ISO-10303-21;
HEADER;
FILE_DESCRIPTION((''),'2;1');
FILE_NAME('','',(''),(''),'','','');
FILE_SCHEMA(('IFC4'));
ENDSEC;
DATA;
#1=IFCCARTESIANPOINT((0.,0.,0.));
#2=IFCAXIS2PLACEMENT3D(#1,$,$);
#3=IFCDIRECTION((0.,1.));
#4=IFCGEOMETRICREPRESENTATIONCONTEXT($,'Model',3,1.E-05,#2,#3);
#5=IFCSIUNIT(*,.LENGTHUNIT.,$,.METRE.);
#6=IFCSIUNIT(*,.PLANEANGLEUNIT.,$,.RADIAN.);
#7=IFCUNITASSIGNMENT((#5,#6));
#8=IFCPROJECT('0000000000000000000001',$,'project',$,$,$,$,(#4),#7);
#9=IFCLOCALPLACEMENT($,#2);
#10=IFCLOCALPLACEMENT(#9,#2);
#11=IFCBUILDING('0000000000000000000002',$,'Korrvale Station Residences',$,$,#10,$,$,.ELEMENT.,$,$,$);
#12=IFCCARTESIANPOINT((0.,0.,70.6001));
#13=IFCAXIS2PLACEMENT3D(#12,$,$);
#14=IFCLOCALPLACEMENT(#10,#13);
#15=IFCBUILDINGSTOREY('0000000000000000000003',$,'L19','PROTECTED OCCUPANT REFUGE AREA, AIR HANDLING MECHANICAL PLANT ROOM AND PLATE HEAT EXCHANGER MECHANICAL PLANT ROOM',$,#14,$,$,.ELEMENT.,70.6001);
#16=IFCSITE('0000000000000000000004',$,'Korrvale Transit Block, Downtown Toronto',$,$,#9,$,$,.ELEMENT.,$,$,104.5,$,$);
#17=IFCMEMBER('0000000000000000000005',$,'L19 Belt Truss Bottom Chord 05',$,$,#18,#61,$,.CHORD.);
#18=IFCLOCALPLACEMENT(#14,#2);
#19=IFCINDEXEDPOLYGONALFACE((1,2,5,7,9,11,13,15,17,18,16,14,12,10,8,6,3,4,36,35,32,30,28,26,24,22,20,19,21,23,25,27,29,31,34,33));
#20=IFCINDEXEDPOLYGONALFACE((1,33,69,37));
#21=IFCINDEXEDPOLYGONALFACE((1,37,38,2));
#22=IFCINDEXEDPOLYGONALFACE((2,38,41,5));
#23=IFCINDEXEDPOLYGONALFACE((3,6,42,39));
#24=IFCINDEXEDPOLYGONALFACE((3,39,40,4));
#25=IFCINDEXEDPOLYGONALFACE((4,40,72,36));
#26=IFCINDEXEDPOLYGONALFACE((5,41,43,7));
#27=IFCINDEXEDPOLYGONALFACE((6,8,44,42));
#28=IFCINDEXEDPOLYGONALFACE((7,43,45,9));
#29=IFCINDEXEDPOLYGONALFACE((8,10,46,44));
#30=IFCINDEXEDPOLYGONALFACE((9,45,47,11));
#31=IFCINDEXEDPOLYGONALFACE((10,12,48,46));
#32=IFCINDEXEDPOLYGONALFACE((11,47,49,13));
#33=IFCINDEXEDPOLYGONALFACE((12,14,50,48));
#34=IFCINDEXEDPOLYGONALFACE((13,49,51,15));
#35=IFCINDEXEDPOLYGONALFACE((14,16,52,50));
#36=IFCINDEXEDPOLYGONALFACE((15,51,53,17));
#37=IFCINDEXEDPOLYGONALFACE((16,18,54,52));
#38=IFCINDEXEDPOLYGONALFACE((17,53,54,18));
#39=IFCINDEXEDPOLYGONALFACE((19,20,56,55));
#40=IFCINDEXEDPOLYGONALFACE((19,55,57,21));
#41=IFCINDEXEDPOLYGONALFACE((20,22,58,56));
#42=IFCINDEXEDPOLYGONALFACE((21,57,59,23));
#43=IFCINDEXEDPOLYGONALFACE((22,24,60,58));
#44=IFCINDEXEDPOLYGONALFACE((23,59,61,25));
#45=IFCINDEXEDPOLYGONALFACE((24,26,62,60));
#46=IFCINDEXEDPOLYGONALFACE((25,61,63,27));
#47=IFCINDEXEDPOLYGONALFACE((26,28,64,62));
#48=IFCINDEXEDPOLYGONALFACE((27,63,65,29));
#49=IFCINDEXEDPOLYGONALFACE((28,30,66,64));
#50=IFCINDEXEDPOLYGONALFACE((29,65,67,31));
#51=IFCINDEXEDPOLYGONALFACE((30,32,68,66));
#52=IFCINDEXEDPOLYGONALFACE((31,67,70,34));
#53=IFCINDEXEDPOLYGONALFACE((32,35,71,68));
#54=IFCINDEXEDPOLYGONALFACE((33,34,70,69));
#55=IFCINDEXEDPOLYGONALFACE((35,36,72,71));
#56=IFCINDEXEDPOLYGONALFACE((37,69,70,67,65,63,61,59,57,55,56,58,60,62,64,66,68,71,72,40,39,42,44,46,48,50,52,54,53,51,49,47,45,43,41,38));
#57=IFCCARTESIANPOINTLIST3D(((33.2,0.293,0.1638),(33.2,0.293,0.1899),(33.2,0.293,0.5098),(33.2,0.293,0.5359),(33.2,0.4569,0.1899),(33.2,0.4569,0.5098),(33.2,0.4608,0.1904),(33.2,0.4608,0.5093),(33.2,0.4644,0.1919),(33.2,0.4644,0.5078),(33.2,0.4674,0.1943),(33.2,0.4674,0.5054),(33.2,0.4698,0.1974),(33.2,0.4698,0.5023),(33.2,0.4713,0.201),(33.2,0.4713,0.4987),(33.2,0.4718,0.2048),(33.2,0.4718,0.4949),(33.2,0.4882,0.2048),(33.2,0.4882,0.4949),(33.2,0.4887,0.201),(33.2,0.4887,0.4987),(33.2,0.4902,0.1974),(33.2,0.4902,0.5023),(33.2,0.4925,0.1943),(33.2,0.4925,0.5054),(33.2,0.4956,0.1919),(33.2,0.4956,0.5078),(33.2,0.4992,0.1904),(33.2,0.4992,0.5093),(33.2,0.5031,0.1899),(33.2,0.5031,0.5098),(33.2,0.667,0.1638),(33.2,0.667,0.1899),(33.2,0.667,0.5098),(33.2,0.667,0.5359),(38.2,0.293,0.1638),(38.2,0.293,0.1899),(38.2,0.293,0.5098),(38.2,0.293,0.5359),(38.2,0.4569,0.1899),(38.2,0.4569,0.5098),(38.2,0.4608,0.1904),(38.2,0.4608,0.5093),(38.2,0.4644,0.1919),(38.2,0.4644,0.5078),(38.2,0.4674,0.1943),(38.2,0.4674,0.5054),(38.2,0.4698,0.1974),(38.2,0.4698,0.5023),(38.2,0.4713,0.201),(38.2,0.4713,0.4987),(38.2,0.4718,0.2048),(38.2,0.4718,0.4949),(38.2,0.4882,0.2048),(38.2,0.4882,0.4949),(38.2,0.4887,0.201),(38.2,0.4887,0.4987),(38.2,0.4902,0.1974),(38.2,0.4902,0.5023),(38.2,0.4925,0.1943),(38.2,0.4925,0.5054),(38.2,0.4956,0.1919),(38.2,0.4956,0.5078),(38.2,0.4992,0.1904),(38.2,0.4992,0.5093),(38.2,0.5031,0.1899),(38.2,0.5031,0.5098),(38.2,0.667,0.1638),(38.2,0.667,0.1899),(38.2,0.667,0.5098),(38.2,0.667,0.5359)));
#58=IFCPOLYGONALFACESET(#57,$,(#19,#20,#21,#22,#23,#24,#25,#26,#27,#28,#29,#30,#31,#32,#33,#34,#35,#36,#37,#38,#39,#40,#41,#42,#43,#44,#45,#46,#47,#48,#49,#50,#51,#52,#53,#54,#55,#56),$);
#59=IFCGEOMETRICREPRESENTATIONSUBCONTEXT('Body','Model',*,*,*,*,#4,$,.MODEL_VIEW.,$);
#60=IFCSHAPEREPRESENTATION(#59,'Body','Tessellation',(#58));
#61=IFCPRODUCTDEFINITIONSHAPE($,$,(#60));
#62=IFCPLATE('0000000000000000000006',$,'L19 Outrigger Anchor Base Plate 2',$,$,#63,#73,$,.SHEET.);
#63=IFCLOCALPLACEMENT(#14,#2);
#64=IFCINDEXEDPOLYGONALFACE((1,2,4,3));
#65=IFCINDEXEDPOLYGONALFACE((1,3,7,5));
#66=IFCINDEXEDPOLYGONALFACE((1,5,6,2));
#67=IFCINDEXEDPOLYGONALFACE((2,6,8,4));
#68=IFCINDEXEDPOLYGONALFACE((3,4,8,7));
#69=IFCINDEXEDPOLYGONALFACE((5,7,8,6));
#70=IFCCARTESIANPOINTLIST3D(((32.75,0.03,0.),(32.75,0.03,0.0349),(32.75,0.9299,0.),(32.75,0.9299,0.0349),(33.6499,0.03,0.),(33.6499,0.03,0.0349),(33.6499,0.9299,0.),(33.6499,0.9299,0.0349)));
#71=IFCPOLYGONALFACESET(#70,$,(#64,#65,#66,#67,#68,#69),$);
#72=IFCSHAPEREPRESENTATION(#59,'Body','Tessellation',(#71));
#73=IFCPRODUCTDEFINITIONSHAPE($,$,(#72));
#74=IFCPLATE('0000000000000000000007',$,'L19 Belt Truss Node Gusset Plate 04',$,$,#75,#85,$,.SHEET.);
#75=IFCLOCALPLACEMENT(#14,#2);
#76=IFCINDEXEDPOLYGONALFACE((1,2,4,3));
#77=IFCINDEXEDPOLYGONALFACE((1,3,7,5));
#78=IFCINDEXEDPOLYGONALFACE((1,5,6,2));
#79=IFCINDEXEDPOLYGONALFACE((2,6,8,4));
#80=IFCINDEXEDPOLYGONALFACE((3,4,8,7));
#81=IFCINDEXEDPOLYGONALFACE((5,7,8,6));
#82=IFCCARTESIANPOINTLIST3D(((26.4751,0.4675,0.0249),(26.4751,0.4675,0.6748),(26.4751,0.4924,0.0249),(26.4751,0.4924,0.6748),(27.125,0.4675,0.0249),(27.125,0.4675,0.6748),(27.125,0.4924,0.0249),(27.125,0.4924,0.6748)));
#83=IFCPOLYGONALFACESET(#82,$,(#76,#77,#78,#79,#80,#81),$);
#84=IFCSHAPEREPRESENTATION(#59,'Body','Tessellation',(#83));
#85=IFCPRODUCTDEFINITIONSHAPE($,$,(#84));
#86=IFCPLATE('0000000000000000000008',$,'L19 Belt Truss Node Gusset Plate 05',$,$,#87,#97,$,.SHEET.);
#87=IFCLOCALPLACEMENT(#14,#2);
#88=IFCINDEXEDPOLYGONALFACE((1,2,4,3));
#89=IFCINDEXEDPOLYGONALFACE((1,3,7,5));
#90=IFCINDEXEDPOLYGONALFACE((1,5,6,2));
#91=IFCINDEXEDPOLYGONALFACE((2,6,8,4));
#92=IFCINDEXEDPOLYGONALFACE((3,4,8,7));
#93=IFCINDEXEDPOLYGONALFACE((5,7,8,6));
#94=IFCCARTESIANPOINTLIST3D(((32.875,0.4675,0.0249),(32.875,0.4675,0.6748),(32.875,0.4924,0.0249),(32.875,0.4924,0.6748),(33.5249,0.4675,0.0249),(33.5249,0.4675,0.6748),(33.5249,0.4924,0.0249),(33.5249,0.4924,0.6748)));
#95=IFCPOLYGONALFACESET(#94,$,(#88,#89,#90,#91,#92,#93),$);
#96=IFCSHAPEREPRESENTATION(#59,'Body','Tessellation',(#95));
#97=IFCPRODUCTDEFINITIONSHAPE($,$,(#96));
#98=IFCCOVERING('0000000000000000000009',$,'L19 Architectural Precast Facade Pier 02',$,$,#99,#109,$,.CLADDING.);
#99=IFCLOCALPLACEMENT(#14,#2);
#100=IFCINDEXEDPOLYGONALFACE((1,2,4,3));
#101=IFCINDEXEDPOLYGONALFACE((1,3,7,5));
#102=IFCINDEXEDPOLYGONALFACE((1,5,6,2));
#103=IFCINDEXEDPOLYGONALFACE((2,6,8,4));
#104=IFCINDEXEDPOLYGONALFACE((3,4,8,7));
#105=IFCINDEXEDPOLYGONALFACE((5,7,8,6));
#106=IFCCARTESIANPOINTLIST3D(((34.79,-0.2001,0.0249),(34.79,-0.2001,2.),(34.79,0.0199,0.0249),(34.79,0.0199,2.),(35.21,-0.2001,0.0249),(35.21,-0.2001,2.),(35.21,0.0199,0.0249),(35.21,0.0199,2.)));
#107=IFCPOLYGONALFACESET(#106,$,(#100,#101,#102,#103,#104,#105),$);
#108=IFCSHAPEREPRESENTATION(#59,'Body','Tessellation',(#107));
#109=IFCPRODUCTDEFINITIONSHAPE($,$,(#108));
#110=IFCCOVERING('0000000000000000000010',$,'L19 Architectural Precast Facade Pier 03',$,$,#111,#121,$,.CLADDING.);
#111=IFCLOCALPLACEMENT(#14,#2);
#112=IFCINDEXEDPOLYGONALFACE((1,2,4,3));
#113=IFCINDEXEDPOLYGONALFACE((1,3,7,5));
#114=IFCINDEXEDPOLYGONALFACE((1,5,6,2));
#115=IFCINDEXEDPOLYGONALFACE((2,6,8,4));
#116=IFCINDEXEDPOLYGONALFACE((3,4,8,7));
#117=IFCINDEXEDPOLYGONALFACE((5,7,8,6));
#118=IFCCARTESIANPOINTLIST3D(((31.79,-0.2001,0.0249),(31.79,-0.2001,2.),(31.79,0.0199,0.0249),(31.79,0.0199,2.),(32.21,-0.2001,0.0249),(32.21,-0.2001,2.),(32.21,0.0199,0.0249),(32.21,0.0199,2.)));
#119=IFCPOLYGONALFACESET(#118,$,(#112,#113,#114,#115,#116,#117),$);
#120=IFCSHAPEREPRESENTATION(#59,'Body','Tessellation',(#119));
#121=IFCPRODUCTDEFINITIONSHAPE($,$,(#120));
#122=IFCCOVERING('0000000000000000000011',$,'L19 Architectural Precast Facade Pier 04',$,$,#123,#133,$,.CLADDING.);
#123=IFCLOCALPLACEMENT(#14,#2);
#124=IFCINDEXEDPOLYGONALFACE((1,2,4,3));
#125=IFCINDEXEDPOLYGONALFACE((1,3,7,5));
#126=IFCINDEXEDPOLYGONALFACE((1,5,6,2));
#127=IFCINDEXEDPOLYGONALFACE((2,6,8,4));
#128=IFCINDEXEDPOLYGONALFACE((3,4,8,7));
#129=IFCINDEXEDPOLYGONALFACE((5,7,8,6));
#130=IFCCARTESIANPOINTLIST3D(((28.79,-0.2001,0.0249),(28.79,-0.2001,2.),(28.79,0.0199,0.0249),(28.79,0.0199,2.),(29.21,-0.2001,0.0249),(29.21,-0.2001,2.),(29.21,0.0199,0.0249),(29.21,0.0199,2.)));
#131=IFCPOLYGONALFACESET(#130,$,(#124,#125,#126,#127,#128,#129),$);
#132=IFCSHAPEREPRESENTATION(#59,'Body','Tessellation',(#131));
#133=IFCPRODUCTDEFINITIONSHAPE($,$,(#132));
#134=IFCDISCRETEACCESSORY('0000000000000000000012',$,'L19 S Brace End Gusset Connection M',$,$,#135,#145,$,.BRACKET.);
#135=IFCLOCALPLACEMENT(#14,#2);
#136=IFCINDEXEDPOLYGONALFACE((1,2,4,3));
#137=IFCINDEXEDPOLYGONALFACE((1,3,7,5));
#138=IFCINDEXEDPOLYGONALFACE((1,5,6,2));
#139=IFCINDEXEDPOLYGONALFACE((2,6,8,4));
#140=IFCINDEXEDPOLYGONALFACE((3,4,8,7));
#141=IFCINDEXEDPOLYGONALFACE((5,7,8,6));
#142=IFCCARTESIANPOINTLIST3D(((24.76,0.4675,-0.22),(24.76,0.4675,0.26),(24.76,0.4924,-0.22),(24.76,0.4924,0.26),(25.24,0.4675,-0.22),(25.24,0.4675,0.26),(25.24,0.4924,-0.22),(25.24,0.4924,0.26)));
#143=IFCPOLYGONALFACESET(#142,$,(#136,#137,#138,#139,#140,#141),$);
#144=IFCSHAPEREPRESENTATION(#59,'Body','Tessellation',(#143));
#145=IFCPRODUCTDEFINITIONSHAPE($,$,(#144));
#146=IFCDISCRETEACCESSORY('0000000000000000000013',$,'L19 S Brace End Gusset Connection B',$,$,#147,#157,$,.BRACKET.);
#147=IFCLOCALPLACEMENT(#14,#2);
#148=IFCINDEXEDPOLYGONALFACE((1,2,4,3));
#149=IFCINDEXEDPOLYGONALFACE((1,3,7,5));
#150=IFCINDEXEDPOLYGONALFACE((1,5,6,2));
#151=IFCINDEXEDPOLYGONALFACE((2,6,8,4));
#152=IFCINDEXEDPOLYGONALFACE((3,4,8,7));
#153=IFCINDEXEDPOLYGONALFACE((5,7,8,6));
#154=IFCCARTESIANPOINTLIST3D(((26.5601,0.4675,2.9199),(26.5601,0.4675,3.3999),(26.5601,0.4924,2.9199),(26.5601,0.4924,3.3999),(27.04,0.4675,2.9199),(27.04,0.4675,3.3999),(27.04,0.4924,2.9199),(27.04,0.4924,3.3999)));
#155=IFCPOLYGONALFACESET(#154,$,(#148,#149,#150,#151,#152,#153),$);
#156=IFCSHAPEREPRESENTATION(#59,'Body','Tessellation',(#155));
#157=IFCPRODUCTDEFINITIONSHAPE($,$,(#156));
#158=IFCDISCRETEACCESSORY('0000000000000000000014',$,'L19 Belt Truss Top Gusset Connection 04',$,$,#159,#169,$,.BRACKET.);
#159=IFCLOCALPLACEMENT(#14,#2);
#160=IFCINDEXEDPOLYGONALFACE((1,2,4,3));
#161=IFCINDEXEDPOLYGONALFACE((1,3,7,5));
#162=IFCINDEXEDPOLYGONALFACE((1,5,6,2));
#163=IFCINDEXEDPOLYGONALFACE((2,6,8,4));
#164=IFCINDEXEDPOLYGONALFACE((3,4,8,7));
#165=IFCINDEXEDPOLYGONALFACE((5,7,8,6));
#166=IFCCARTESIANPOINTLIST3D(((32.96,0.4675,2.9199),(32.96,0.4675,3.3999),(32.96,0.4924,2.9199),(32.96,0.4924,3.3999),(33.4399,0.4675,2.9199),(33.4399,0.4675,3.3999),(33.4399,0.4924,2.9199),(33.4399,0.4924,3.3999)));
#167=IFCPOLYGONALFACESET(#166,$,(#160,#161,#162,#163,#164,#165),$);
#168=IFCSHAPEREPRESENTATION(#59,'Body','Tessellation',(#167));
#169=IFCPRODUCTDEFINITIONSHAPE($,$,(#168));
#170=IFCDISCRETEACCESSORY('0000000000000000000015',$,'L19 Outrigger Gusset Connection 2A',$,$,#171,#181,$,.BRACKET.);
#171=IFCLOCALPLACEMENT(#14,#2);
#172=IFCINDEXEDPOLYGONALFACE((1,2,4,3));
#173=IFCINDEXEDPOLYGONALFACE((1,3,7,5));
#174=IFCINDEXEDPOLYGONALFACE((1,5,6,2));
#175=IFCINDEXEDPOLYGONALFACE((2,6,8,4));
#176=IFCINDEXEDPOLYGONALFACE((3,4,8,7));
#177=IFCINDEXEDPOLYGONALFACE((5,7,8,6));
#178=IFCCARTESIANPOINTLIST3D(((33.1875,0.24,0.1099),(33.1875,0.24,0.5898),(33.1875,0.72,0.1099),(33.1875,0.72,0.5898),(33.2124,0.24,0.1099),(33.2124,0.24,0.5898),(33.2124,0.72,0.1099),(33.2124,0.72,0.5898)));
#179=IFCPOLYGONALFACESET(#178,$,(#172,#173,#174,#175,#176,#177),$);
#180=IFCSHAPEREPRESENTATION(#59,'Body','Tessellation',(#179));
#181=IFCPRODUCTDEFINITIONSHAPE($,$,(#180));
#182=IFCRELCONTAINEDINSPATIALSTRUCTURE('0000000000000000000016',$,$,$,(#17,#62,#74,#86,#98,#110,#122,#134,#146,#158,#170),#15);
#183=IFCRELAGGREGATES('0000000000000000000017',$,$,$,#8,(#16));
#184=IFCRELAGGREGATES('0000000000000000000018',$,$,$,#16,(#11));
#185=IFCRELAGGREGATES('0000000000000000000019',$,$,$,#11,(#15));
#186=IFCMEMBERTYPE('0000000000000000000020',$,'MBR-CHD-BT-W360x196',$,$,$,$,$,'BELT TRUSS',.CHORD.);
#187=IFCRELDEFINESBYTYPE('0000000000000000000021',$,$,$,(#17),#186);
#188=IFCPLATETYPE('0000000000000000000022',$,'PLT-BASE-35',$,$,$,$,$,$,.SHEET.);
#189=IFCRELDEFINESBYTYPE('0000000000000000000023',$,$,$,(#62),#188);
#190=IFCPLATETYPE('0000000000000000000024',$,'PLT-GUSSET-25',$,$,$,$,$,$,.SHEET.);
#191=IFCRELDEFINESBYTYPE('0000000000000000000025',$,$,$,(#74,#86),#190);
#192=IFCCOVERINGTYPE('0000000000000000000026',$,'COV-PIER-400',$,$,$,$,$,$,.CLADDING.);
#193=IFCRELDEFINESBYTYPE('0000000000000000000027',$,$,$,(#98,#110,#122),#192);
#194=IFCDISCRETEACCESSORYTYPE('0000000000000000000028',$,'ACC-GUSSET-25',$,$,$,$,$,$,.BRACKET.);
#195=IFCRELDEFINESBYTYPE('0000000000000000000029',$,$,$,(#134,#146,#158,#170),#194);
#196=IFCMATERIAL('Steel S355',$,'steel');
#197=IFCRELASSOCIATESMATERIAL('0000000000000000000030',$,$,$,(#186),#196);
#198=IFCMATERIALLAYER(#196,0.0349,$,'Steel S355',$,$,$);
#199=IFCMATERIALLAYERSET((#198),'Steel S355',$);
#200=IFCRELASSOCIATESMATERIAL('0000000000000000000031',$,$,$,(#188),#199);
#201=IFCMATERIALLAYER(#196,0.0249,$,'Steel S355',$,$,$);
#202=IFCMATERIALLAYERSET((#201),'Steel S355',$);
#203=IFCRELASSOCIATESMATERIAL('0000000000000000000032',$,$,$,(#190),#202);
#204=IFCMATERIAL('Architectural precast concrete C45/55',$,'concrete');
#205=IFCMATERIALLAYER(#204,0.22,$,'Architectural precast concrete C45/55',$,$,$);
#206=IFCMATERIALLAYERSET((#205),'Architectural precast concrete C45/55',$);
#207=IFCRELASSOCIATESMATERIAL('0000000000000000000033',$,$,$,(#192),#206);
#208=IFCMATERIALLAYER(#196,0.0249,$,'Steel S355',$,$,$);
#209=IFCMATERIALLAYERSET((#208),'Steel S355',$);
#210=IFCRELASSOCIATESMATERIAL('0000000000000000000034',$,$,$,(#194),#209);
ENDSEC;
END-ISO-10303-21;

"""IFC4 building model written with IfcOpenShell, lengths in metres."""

from ifc_helpers import new_model, si_unit, direction, frame, origin, origin_2d, place, context, subcontext, project, spatial, rectangle, i_section, extrude, material, layer, layer_set, material_profile, profile_set, type_object, element, save


model = new_model("IFC4")

# Units and contexts
model_context = context("Model", 3, precision=1e-05, world=origin(), true_north=direction((0.0, 1.0)))
body_context = subcontext(model_context, "Body", "Model", "MODEL_VIEW")
ifc_project = project(units=[si_unit("LENGTHUNIT", "METRE"), si_unit("PLANEANGLEUNIT", "RADIAN")], contexts=[model_context])

# Site, building, storey
site_placement = place(None, origin())
site = spatial("IfcSite", under=ifc_project, at=site_placement, Name="Korrvale Transit Block, Downtown Toronto", CompositionType="ELEMENT", RefElevation=104.5)
building_placement = place(site_placement, origin())
building = spatial("IfcBuilding", under=site, at=building_placement, Name="Korrvale Station Residences", CompositionType="ELEMENT")
storey_placement = place(building_placement, frame((0.0, 0.0, 70.6001)))
storey = spatial("IfcBuildingStorey", under=building, at=storey_placement, Name="L19", Description="PROTECTED OCCUPANT REFUGE AREA, AIR HANDLING MECHANICAL PLANT ROOM AND PLATE HEAT EXCHANGER MECHANICAL PLANT ROOM", CompositionType="ELEMENT", Elevation=70.6001)

# Member
ifc_material_1 = material(Name="Steel S355", Category="steel")
ifc_material_profile_1 = material_profile(ifc_material_1, i_section(OverallWidth=0.374, OverallDepth=0.3721, WebThickness=0.0164, FlangeThickness=0.0261, FilletRadius=0.0149, at=origin_2d()), Name="W360x196")
ifc_profile_set_1 = profile_set([ifc_material_profile_1], Name="Steel S355")
member_type_1 = type_object("IfcMemberType", Name="MBR-CHD-BT-W360x196", ElementType="BELT TRUSS", PredefinedType="CHORD", material=ifc_profile_set_1)
member_1_placement = place(storey_placement, frame((33.2, 0.48, 0.3499), z_axis=(1.0, 0.0, 0.0), x_axis=(0.0, 1.0, 0.0)))
element("IfcMember", 1, at=member_1_placement, inside=storey, type_object=member_type_1, Name="L19 Belt Truss Bottom Chord 05", PredefinedType="CHORD", context=body_context, shape_type="SweptSolid", body=[
    extrude(i_section(OverallWidth=0.374, OverallDepth=0.3721, WebThickness=0.0164, FlangeThickness=0.0261, FilletRadius=0.0149, at=origin_2d()), origin(), (0.0, 0.0, 1.0), 5.0),
])

# Plates
ifc_layer_1 = layer(ifc_material_1, 0.0349, Name="Steel S355")
ifc_layer_set_1 = layer_set([ifc_layer_1], Name="Steel S355")
plate_type_1 = type_object("IfcPlateType", Name="PLT-BASE-35", PredefinedType="SHEET", material=ifc_layer_set_1)
plate_placement = place(storey_placement, frame((33.2, 0.48, 0.0), z_axis=(0.0, 0.0, 1.0), x_axis=(1.0, 0.0, 0.0)))
element("IfcPlate", 2, at=plate_placement, inside=storey, type_object=plate_type_1, Name="L19 Outrigger Anchor Base Plate 2", PredefinedType="SHEET", context=body_context, shape_type="SweptSolid", body=[
    extrude(rectangle(XDim=0.8999, YDim=0.8999, at=origin_2d()), origin(), (0.0, 0.0, 1.0), 0.0349),
])
ifc_layer_2 = layer(ifc_material_1, 0.0249, Name="Steel S355")
ifc_layer_set_2 = layer_set([ifc_layer_2], Name="Steel S355")
plate_type_2 = type_object("IfcPlateType", Name="PLT-GUSSET-25", PredefinedType="SHEET", material=ifc_layer_set_2)
for number, where, z_axis, x_axis, name in (
    (3, (26.8, 0.48, 0.0249), (0.0, 0.0, 1.0), (1.0, 0.0, 0.0), "L19 Belt Truss Node Gusset Plate 04"),
    (4, (33.2, 0.48, 0.0249), (0.0, 0.0, 1.0), (1.0, 0.0, 0.0), "L19 Belt Truss Node Gusset Plate 05"),
):
    element("IfcPlate", number, at=place(storey_placement, frame(where, z_axis=z_axis, x_axis=x_axis)), inside=storey, type_object=plate_type_2, Name=name, PredefinedType="SHEET", context=body_context, shape_type="SweptSolid", body=[
        extrude(rectangle(XDim=0.6499, YDim=0.0249, at=origin_2d()), origin(), (0.0, 0.0, 1.0), 0.6499),
    ])

# Coverings
ifc_material_2 = material(Name="Architectural precast concrete C45/55", Category="concrete")
ifc_layer_3 = layer(ifc_material_2, 0.22, Name="Architectural precast concrete C45/55")
ifc_layer_set_3 = layer_set([ifc_layer_3], Name="Architectural precast concrete C45/55")
covering_type = type_object("IfcCoveringType", Name="COV-PIER-400", PredefinedType="CLADDING", material=ifc_layer_set_3)
for number, where, z_axis, x_axis, name in (
    (5, (35.0, -0.0901, 0.0249), (0.0, 0.0, 1.0), (1.0, 0.0, 0.0), "L19 Architectural Precast Facade Pier 02"),
    (6, (32.0, -0.0901, 0.0249), (0.0, 0.0, 1.0), (1.0, 0.0, 0.0), "L19 Architectural Precast Facade Pier 03"),
    (7, (29.0, -0.0901, 0.0249), (0.0, 0.0, 1.0), (1.0, 0.0, 0.0), "L19 Architectural Precast Facade Pier 04"),
):
    element("IfcCovering", number, at=place(storey_placement, frame(where, z_axis=z_axis, x_axis=x_axis)), inside=storey, type_object=covering_type, Name=name, PredefinedType="CLADDING", context=body_context, shape_type="SweptSolid", body=[
        extrude(rectangle(XDim=0.4199, YDim=0.22, at=origin_2d()), origin(), (0.0, 0.0, 1.0), 1.9751),
    ])

# Discrete accessories
ifc_layer_4 = layer(ifc_material_1, 0.0249, Name="Steel S355")
ifc_layer_set_4 = layer_set([ifc_layer_4], Name="Steel S355")
discrete_accessory_type = type_object("IfcDiscreteAccessoryType", Name="ACC-GUSSET-25", PredefinedType="BRACKET", material=ifc_layer_set_4)
for number, where, z_axis, x_axis, name in (
    (8, (25.0, 0.48, -0.22), (0.0, 0.0, 1.0), (1.0, 0.0, 0.0), "L19 S Brace End Gusset Connection M"),
    (9, (26.8, 0.48, 2.9199), (0.0, 0.0, 1.0), (1.0, 0.0, 0.0), "L19 S Brace End Gusset Connection B"),
    (10, (33.2, 0.48, 2.9199), (0.0, 0.0, 1.0), (1.0, 0.0, 0.0), "L19 Belt Truss Top Gusset Connection 04"),
    (11, (33.2, 0.48, 0.1099), (0.0, 0.0, 1.0), (0.0, 1.0, 0.0), "L19 Outrigger Gusset Connection 2A"),
):
    element("IfcDiscreteAccessory", number, at=place(storey_placement, frame(where, z_axis=z_axis, x_axis=x_axis)), inside=storey, type_object=discrete_accessory_type, Name=name, PredefinedType="BRACKET", context=body_context, shape_type="SweptSolid", body=[
        extrude(rectangle(XDim=0.48, YDim=0.0249, at=origin_2d()), origin(), (0.0, 0.0, 1.0), 0.48),
    ])

save(model, "model.ifc")
